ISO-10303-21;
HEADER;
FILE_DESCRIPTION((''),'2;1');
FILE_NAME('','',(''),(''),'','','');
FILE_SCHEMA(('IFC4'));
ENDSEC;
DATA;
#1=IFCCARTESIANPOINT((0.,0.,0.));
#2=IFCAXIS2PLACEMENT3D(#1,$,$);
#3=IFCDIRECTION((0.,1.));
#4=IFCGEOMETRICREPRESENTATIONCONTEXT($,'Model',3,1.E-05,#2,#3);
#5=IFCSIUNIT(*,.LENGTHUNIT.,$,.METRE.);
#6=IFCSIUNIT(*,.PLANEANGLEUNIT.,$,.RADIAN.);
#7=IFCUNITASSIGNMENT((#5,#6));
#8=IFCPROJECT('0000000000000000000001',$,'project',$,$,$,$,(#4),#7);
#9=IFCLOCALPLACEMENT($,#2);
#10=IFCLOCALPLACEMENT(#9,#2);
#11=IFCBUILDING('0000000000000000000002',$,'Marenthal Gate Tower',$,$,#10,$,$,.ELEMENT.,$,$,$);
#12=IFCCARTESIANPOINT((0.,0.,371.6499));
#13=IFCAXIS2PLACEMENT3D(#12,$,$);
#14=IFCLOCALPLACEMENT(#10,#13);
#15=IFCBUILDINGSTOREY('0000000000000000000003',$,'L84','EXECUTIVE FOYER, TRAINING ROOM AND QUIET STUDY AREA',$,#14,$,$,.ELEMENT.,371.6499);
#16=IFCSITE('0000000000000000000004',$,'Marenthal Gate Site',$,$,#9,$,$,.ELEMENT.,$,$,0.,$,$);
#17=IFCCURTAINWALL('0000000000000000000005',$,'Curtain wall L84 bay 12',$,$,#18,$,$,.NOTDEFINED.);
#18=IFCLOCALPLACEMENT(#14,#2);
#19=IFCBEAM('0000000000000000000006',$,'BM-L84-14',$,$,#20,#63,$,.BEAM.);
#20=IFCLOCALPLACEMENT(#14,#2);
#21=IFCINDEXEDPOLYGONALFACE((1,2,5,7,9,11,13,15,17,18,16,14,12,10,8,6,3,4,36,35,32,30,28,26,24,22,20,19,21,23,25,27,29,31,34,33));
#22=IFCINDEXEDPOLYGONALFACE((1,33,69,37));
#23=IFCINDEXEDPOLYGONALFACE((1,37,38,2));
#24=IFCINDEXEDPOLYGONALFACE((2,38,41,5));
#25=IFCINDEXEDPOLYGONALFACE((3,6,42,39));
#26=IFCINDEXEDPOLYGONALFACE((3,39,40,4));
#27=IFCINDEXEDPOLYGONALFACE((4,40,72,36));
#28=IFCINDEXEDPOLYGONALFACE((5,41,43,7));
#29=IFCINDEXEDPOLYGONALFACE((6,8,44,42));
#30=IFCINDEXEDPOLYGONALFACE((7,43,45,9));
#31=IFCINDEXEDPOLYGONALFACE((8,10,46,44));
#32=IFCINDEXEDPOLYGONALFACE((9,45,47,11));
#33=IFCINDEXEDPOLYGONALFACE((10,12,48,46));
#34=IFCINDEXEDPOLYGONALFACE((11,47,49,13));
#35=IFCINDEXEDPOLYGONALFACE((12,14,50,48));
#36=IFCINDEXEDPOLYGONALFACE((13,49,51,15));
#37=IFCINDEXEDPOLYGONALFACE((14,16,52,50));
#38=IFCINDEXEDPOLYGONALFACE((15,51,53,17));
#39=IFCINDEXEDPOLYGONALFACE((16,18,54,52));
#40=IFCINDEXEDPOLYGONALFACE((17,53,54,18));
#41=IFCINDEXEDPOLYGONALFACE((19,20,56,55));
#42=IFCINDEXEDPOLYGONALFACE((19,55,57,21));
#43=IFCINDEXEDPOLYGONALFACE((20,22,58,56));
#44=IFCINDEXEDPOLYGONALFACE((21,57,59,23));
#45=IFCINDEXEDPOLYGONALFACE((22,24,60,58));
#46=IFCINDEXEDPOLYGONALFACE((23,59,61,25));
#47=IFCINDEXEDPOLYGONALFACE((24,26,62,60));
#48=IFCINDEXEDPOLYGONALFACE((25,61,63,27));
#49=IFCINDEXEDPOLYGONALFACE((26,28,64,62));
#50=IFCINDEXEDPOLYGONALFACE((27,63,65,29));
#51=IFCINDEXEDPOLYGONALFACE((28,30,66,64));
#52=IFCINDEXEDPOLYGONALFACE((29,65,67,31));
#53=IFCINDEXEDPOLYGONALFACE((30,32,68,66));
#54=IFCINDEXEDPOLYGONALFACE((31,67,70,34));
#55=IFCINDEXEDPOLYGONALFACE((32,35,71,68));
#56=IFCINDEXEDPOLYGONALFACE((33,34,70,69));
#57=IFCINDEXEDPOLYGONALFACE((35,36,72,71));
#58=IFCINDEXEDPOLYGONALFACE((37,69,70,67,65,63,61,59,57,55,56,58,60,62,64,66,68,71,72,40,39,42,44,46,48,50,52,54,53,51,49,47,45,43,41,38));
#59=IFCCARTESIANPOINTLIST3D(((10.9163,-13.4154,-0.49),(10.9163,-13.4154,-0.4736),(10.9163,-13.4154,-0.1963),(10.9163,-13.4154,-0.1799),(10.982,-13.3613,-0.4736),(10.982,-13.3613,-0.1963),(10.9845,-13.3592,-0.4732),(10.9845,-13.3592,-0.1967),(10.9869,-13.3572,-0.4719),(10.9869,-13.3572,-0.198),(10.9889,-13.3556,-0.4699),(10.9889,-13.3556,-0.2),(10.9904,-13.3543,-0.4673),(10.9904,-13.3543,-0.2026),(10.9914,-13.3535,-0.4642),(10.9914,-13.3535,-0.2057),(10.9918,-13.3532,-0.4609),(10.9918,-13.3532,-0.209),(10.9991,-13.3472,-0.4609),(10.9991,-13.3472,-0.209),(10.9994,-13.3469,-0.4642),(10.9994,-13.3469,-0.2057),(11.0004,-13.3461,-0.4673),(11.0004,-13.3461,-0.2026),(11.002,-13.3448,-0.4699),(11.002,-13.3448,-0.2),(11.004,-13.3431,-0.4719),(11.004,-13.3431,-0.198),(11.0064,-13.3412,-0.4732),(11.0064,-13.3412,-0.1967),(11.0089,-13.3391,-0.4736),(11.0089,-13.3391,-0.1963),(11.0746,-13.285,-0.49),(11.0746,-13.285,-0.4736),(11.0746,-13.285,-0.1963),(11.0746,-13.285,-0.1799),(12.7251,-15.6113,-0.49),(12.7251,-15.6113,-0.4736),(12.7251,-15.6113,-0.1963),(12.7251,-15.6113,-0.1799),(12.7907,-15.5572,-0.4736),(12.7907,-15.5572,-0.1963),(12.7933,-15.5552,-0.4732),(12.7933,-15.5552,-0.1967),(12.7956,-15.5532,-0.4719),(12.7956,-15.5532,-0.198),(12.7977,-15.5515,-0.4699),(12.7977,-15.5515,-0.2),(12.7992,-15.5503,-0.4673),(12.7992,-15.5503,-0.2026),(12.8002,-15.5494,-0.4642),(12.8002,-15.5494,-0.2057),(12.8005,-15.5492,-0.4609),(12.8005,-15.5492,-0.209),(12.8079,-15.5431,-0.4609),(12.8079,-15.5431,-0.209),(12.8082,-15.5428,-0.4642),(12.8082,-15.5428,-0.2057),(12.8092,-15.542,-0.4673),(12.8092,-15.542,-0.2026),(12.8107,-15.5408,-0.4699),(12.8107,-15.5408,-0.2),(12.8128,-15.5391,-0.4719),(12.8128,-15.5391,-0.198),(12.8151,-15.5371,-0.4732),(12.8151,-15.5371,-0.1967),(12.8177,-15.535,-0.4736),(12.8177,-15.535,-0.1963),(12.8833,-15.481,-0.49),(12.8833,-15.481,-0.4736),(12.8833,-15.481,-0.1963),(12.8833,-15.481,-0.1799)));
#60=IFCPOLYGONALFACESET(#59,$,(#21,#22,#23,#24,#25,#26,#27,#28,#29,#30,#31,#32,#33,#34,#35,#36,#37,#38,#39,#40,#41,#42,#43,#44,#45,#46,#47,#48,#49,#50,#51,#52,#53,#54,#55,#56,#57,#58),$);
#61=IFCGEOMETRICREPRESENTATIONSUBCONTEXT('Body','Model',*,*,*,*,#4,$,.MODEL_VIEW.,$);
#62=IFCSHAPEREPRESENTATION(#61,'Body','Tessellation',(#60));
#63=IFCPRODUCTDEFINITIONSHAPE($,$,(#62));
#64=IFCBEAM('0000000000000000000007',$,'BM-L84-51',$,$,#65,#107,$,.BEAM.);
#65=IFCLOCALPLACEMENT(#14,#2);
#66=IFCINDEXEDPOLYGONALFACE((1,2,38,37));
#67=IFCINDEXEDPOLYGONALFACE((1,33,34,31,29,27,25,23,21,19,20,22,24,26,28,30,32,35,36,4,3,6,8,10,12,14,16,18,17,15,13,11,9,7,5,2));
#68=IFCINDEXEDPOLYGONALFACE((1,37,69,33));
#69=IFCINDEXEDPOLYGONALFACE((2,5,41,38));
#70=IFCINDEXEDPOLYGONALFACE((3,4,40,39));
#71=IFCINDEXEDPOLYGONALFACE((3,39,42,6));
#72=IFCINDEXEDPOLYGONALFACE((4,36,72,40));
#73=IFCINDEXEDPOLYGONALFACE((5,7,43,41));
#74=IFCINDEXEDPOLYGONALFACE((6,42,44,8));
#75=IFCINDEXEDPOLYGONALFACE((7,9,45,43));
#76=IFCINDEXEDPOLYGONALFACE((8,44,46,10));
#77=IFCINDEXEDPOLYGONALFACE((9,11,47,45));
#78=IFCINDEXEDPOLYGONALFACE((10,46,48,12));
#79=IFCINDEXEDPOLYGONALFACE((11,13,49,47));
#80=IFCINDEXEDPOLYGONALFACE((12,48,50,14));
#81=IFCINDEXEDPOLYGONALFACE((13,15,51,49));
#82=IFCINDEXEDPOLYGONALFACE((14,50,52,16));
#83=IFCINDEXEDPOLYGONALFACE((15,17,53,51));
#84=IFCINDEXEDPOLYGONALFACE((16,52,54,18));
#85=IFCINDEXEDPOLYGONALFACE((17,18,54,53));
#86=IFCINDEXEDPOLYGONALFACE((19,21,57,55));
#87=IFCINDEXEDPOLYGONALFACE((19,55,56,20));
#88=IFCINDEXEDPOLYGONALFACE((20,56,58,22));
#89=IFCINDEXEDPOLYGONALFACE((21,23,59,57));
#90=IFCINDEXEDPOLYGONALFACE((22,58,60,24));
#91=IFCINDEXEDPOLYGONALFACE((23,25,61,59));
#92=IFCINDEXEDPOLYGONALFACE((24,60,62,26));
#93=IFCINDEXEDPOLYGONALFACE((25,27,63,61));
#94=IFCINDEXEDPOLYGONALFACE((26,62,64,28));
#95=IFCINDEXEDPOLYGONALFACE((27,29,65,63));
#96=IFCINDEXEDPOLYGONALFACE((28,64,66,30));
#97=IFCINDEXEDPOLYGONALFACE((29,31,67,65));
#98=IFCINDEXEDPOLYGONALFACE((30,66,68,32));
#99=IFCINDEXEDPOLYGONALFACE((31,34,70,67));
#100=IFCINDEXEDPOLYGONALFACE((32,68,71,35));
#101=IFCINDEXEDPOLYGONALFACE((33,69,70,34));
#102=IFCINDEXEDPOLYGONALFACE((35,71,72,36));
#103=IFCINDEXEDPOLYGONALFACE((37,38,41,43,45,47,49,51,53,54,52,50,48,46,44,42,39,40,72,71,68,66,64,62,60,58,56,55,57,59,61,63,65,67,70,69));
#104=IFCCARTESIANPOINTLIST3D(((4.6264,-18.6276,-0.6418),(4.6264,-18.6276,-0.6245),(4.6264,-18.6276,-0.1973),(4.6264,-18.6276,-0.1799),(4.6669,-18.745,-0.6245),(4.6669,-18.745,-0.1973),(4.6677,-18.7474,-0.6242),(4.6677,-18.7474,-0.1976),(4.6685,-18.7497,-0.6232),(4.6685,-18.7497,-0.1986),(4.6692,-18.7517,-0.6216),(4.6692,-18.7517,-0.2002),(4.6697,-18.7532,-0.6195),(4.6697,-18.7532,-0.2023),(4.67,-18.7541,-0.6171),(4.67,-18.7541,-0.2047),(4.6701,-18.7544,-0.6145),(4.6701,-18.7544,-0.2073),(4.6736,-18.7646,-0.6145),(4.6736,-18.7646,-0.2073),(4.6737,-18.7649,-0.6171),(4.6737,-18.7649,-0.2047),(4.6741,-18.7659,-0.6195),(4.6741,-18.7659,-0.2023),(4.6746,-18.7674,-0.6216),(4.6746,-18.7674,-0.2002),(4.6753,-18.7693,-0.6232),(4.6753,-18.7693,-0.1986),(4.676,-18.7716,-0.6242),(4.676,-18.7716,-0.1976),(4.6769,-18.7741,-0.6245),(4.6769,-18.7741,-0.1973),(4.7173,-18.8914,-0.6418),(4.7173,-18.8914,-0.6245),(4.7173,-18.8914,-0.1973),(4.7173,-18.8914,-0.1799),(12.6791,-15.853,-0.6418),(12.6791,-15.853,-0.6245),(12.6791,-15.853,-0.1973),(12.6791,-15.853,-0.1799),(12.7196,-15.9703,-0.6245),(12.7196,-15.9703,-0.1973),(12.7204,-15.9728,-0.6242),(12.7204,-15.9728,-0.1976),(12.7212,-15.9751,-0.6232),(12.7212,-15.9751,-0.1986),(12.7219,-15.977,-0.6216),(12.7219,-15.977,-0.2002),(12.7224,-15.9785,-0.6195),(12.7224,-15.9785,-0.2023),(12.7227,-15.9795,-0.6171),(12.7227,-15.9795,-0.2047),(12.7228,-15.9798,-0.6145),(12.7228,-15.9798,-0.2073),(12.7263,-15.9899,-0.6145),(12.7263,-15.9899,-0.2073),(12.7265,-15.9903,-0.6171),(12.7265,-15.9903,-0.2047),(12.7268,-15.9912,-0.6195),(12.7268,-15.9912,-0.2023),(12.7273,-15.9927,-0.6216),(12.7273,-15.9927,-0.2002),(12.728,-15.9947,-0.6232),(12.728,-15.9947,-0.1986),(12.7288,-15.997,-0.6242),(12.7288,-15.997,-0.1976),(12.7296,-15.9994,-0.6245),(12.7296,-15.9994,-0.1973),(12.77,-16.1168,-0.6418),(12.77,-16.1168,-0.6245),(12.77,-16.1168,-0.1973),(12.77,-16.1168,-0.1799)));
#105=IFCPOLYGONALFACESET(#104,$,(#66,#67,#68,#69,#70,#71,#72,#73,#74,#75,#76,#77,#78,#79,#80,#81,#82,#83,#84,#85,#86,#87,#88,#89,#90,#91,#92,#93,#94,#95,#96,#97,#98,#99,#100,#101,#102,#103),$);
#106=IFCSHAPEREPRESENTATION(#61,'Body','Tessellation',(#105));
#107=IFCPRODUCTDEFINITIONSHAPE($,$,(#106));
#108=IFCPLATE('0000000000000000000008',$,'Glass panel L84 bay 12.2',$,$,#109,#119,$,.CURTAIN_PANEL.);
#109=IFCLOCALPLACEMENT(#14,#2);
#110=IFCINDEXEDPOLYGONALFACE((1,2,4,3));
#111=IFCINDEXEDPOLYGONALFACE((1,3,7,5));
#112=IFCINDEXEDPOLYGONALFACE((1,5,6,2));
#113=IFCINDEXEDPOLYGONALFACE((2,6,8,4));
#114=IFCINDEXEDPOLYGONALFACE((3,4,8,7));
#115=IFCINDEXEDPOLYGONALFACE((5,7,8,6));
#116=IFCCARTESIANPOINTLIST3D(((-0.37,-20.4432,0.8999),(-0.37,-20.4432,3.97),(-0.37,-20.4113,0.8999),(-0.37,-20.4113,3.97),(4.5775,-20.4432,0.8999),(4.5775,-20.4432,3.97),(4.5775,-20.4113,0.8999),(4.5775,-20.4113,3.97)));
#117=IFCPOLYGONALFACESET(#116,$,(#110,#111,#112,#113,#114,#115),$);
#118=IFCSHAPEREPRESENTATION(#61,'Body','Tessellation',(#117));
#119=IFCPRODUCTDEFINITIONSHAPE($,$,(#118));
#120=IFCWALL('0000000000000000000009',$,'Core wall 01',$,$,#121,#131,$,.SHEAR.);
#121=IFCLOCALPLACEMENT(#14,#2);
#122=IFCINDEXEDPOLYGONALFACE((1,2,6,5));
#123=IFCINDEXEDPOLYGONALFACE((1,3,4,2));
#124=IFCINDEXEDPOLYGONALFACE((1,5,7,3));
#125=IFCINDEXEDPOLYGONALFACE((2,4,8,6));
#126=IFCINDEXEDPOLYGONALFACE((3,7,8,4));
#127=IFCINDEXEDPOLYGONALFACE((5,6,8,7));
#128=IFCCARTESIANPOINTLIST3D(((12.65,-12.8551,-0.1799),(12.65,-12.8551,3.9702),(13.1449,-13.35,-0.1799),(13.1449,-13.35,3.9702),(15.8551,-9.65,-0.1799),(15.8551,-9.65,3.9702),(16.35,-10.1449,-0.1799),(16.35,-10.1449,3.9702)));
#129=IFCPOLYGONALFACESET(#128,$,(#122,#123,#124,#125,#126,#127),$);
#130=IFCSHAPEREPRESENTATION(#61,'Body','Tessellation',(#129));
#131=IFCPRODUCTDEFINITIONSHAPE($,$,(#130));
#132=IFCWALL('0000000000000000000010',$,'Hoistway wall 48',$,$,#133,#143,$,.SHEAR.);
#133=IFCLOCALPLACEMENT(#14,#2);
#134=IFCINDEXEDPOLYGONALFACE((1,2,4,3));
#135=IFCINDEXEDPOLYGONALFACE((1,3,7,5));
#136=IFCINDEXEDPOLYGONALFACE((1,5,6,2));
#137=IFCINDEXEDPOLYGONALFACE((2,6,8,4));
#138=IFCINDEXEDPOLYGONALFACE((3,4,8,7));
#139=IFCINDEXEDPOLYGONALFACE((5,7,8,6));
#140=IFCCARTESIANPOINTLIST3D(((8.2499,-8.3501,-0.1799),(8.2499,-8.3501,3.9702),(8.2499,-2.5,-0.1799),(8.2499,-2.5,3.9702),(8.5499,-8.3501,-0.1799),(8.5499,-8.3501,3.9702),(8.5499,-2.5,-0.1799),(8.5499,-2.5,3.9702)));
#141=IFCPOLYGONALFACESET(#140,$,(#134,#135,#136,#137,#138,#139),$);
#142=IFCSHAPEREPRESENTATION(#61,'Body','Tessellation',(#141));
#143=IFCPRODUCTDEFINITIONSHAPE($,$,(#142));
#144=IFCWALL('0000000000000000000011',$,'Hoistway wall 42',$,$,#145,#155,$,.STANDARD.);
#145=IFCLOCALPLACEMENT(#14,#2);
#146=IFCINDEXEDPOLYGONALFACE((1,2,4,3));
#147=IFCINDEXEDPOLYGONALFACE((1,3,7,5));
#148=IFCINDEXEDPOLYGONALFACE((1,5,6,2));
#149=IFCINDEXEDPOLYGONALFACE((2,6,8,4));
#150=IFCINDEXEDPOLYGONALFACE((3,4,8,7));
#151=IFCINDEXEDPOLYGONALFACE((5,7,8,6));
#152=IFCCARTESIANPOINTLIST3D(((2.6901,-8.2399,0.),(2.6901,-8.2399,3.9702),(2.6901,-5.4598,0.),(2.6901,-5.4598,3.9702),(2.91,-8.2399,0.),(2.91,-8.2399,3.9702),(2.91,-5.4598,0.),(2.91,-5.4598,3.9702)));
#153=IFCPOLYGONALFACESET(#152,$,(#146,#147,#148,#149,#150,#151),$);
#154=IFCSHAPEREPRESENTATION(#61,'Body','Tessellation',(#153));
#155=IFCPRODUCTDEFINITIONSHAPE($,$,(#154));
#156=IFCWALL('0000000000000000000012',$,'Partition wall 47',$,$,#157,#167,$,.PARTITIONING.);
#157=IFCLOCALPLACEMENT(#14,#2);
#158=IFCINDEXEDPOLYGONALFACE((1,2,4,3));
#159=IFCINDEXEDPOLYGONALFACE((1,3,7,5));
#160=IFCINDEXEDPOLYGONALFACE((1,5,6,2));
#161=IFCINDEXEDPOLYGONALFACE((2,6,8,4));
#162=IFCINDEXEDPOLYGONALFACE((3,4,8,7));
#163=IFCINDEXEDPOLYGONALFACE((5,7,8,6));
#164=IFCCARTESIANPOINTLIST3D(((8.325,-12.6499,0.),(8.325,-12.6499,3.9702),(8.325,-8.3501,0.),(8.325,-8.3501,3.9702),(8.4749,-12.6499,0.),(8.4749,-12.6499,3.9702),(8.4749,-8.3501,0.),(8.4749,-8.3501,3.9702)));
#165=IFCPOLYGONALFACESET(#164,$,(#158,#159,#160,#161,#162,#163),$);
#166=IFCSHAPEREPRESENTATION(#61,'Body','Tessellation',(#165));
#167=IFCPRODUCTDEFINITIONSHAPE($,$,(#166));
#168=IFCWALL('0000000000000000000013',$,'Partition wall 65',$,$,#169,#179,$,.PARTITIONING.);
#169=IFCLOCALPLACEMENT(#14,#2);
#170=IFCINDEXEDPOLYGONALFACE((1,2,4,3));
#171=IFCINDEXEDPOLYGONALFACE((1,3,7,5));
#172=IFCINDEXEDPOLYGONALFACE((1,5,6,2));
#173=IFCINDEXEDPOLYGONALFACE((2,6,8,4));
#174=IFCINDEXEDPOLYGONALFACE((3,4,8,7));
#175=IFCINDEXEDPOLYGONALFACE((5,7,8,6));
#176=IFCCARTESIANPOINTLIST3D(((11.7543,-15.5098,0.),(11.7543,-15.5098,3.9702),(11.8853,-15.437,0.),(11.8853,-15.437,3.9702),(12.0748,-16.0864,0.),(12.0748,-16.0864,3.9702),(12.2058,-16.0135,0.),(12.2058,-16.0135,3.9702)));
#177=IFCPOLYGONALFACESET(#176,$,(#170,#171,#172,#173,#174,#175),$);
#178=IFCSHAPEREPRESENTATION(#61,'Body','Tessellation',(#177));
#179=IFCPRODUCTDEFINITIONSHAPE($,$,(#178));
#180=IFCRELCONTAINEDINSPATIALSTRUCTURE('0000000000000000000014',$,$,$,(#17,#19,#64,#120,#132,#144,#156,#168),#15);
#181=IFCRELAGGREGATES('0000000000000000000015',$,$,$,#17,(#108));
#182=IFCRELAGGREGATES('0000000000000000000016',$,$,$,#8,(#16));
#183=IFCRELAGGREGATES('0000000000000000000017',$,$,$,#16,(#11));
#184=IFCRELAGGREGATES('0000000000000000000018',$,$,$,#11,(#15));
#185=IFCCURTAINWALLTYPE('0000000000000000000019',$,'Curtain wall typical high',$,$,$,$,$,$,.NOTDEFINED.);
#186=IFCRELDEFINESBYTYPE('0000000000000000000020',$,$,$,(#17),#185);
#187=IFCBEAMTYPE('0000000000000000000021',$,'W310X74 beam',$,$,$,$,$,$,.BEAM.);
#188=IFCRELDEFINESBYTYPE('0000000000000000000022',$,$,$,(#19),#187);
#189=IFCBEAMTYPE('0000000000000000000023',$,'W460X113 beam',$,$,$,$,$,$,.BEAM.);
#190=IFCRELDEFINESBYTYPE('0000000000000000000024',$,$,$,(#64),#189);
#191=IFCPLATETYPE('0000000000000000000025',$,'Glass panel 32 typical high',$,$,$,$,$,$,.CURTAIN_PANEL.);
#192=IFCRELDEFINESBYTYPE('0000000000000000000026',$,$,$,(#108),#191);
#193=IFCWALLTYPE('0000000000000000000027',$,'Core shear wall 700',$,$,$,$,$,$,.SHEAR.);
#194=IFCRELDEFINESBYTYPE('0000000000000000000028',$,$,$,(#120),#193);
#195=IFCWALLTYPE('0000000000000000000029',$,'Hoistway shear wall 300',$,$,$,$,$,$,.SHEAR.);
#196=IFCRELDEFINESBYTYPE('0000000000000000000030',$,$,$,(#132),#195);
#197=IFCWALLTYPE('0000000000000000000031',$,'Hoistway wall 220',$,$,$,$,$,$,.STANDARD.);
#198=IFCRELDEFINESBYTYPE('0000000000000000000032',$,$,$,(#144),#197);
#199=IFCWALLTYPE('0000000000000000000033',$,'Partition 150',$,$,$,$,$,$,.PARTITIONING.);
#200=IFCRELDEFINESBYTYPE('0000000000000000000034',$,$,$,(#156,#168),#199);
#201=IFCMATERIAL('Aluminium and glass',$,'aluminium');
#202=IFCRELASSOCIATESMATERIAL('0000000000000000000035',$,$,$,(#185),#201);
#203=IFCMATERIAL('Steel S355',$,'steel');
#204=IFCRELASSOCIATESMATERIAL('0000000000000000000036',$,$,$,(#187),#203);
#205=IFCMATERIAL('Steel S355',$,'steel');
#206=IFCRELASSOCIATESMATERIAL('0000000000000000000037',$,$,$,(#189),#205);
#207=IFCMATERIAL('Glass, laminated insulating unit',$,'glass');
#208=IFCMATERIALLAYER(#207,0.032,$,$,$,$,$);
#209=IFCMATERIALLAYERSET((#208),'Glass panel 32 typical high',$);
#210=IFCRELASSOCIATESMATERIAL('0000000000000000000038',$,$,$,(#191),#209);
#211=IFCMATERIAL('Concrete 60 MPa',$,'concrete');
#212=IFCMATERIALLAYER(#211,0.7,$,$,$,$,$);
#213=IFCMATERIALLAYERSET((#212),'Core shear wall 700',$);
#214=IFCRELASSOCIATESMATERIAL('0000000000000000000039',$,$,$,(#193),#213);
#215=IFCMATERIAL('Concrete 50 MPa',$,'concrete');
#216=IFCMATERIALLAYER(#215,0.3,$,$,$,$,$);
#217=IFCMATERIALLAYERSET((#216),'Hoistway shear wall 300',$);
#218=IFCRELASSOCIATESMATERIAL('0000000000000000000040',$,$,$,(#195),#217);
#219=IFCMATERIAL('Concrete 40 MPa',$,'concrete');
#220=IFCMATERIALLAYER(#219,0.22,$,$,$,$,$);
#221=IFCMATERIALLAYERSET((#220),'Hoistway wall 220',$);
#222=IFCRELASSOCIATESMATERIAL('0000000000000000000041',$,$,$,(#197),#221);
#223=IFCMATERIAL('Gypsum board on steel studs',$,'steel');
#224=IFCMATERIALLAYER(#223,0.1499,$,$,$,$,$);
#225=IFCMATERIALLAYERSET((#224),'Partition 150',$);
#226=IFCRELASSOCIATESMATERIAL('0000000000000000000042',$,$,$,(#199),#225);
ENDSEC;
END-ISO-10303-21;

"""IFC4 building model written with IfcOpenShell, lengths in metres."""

from ifc_helpers import new_model, si_unit, direction, frame, frame_2d, origin, origin_2d, place, context, subcontext, project, spatial, rectangle, i_section, extrude, material, layer, layer_set, material_profile, profile_set, type_object, element, aggregate, save


model = new_model("IFC4")

# Units and contexts
model_context = context("Model", 3, precision=1e-05, world=origin(), true_north=direction((0.0, 1.0)))
body_context = subcontext(model_context, "Body", "Model", "MODEL_VIEW")
ifc_project = project(units=[si_unit("LENGTHUNIT", "METRE"), si_unit("PLANEANGLEUNIT", "RADIAN")], contexts=[model_context])

# Site, building, storey
site_placement = place(None, origin())
site = spatial("IfcSite", under=ifc_project, at=site_placement, Name="Marenthal Gate Site", CompositionType="ELEMENT", RefElevation=0.0)
building_placement = place(site_placement, origin())
building = spatial("IfcBuilding", under=site, at=building_placement, Name="Marenthal Gate Tower", CompositionType="ELEMENT")
storey_placement = place(building_placement, frame((0.0, 0.0, 371.6499)))
storey = spatial("IfcBuildingStorey", under=building, at=storey_placement, Name="L84", Description="EXECUTIVE FOYER, TRAINING ROOM AND QUIET STUDY AREA", CompositionType="ELEMENT", Elevation=371.6499)

# Curtain wall
ifc_material_1 = material(Name="Aluminium and glass", Category="aluminium")
curtain_wall_type = type_object("IfcCurtainWallType", Name="Curtain wall typical high", PredefinedType="NOTDEFINED", material=ifc_material_1)
curtain_wall_placement = place(storey_placement, origin())
curtain_wall = element("IfcCurtainWall", 1, at=curtain_wall_placement, inside=storey, type_object=curtain_wall_type, Name="Curtain wall L84 bay 12", PredefinedType="NOTDEFINED")

# Beams
ifc_material_2 = material(Name="Steel S355", Category="steel")
ifc_material_profile_1 = material_profile(ifc_material_2, i_section(OverallWidth=0.2051, OverallDepth=0.3101, WebThickness=0.0095, FlangeThickness=0.0164, FilletRadius=0.0127, at=origin_2d()), Name="W310X74")
ifc_profile_set_1 = profile_set([ifc_material_profile_1], Name="Steel S355")
beam_type_1 = type_object("IfcBeamType", Name="W310X74 beam", PredefinedType="BEAM", material=ifc_profile_set_1)
beam_1_placement = place(storey_placement, frame((12.8042, -15.5461, -0.335), z_axis=(-0.635776, 0.771873, 0.0), x_axis=(-0.771873, -0.635776, 0.0)))
element("IfcBeam", 2, at=beam_1_placement, inside=storey, type_object=beam_type_1, Name="BM-L84-14", PredefinedType="BEAM", context=body_context, shape_type="SweptSolid", body=[
    extrude(i_section(OverallWidth=0.2051, OverallDepth=0.3101, WebThickness=0.0095, FlangeThickness=0.0164, FilletRadius=0.0127, at=origin_2d()), origin(), (0.0, 0.0, 1.0), 2.845),
])
ifc_material_3 = material(Name="Steel S355", Category="steel")
ifc_material_profile_2 = material_profile(ifc_material_3, i_section(OverallWidth=0.2791, OverallDepth=0.4619, WebThickness=0.0107, FlangeThickness=0.0173, FilletRadius=0.01, at=origin_2d()), Name="W460X113")
ifc_profile_set_2 = profile_set([ifc_material_profile_2], Name="Steel S355")
beam_type_2 = type_object("IfcBeamType", Name="W460X113 beam", PredefinedType="BEAM", material=ifc_profile_set_2)
beam_2_placement = place(storey_placement, frame((4.6719, -18.7595, -0.4109), z_axis=(0.945451, 0.325765, 0.0), x_axis=(-0.325765, 0.945451, 0.0)))
element("IfcBeam", 3, at=beam_2_placement, inside=storey, type_object=beam_type_2, Name="BM-L84-51", PredefinedType="BEAM", context=body_context, shape_type="SweptSolid", body=[
    extrude(i_section(OverallWidth=0.2791, OverallDepth=0.4619, WebThickness=0.0107, FlangeThickness=0.0173, FilletRadius=0.01, at=origin_2d()), origin(), (0.0, 0.0, 1.0), 8.5173),
])

# Plate
ifc_material_4 = material(Name="Glass, laminated insulating unit", Category="glass")
ifc_layer_1 = layer(ifc_material_4, 0.032)
ifc_layer_set_1 = layer_set([ifc_layer_1], Name="Glass panel 32 typical high")
plate_type = type_object("IfcPlateType", Name="Glass panel 32 typical high", PredefinedType="CURTAIN_PANEL", material=ifc_layer_set_1)
plate_placement = place(storey_placement, frame((2.1038, -20.4272, 0.8999), z_axis=(0.0, 0.0, 1.0), x_axis=(1.0, 0.0, 0.0)))
plate = element("IfcPlate", 4, at=plate_placement, type_object=plate_type, Name="Glass panel L84 bay 12.2", PredefinedType="CURTAIN_PANEL", context=body_context, shape_type="SweptSolid", body=[
    extrude(rectangle(XDim=4.9475, YDim=0.032, at=origin_2d()), origin(), (0.0, 0.0, 1.0), 3.0701),
])
aggregate(curtain_wall, [plate])

# Walls
ifc_material_5 = material(Name="Concrete 60 MPa", Category="concrete")
ifc_layer_2 = layer(ifc_material_5, 0.7)
ifc_layer_set_2 = layer_set([ifc_layer_2], Name="Core shear wall 700")
wall_type_1 = type_object("IfcWallType", Name="Core shear wall 700", PredefinedType="SHEAR", material=ifc_layer_set_2)
wall_1_placement = place(storey_placement, frame((12.8975, -13.1025, -0.1799), z_axis=(0.0, 0.0, 1.0), x_axis=(0.707107, 0.707107, 0.0)))
element("IfcWall", 5, at=wall_1_placement, inside=storey, type_object=wall_type_1, Name="Core wall 01", PredefinedType="SHEAR", context=body_context, shape_type="SweptSolid", body=[
    extrude(rectangle(XDim=4.5327, YDim=0.7, at=frame_2d((2.2664, 0.0))), origin(), (0.0, 0.0, 1.0), 4.1501),
])
ifc_material_6 = material(Name="Concrete 50 MPa", Category="concrete")
ifc_layer_3 = layer(ifc_material_6, 0.3)
ifc_layer_set_3 = layer_set([ifc_layer_3], Name="Hoistway shear wall 300")
wall_type_2 = type_object("IfcWallType", Name="Hoistway shear wall 300", PredefinedType="SHEAR", material=ifc_layer_set_3)
wall_2_placement = place(storey_placement, frame((8.3999, -8.3501, -0.1799), z_axis=(0.0, 0.0, 1.0), x_axis=(0.0, 1.0, 0.0)))
element("IfcWall", 6, at=wall_2_placement, inside=storey, type_object=wall_type_2, Name="Hoistway wall 48", PredefinedType="SHEAR", context=body_context, shape_type="SweptSolid", body=[
    extrude(rectangle(XDim=5.8501, YDim=0.3, at=frame_2d((2.925, 0.0))), origin(), (0.0, 0.0, 1.0), 4.1501),
])
ifc_material_7 = material(Name="Concrete 40 MPa", Category="concrete")
ifc_layer_4 = layer(ifc_material_7, 0.22)
ifc_layer_set_4 = layer_set([ifc_layer_4], Name="Hoistway wall 220")
wall_type_3 = type_object("IfcWallType", Name="Hoistway wall 220", PredefinedType="STANDARD", material=ifc_layer_set_4)
wall_3_placement = place(storey_placement, frame((2.8, -8.24, 0.0), z_axis=(0.0, 0.0, 1.0), x_axis=(0.0, 1.0, 0.0)))
element("IfcWall", 7, at=wall_3_placement, inside=storey, type_object=wall_type_3, Name="Hoistway wall 42", PredefinedType="STANDARD", context=body_context, shape_type="SweptSolid", body=[
    extrude(rectangle(XDim=2.78, YDim=0.22, at=frame_2d((1.3901, 0.0))), origin(), (0.0, 0.0, 1.0), 3.9702),
])
ifc_material_8 = material(Name="Gypsum board on steel studs", Category="steel")
ifc_layer_5 = layer(ifc_material_8, 0.1499)
ifc_layer_set_5 = layer_set([ifc_layer_5], Name="Partition 150")
wall_type_4 = type_object("IfcWallType", Name="Partition 150", PredefinedType="PARTITIONING", material=ifc_layer_set_5)
wall_4_placement = place(storey_placement, frame((8.3999, -12.6499, 0.0), z_axis=(0.0, 0.0, 1.0), x_axis=(0.0, 1.0, 0.0)))
element("IfcWall", 8, at=wall_4_placement, inside=storey, type_object=wall_type_4, Name="Partition wall 47", PredefinedType="PARTITIONING", context=body_context, shape_type="SweptSolid", body=[
    extrude(rectangle(XDim=4.2998, YDim=0.1499, at=frame_2d((2.1499, 0.0))), origin(), (0.0, 0.0, 1.0), 3.9702),
])
wall_5_placement = place(storey_placement, frame((11.8198, -15.4734, 0.0), z_axis=(0.0, 0.0, 1.0), x_axis=(0.485863, -0.874035, 0.0)))
element("IfcWall", 9, at=wall_5_placement, inside=storey, type_object=wall_type_4, Name="Partition wall 65", PredefinedType="PARTITIONING", context=body_context, shape_type="SweptSolid", body=[
    extrude(rectangle(XDim=0.6597, YDim=0.1499, at=frame_2d((0.3298, 0.0))), origin(), (0.0, 0.0, 1.0), 3.9702),
])

save(model, "model.ifc")
